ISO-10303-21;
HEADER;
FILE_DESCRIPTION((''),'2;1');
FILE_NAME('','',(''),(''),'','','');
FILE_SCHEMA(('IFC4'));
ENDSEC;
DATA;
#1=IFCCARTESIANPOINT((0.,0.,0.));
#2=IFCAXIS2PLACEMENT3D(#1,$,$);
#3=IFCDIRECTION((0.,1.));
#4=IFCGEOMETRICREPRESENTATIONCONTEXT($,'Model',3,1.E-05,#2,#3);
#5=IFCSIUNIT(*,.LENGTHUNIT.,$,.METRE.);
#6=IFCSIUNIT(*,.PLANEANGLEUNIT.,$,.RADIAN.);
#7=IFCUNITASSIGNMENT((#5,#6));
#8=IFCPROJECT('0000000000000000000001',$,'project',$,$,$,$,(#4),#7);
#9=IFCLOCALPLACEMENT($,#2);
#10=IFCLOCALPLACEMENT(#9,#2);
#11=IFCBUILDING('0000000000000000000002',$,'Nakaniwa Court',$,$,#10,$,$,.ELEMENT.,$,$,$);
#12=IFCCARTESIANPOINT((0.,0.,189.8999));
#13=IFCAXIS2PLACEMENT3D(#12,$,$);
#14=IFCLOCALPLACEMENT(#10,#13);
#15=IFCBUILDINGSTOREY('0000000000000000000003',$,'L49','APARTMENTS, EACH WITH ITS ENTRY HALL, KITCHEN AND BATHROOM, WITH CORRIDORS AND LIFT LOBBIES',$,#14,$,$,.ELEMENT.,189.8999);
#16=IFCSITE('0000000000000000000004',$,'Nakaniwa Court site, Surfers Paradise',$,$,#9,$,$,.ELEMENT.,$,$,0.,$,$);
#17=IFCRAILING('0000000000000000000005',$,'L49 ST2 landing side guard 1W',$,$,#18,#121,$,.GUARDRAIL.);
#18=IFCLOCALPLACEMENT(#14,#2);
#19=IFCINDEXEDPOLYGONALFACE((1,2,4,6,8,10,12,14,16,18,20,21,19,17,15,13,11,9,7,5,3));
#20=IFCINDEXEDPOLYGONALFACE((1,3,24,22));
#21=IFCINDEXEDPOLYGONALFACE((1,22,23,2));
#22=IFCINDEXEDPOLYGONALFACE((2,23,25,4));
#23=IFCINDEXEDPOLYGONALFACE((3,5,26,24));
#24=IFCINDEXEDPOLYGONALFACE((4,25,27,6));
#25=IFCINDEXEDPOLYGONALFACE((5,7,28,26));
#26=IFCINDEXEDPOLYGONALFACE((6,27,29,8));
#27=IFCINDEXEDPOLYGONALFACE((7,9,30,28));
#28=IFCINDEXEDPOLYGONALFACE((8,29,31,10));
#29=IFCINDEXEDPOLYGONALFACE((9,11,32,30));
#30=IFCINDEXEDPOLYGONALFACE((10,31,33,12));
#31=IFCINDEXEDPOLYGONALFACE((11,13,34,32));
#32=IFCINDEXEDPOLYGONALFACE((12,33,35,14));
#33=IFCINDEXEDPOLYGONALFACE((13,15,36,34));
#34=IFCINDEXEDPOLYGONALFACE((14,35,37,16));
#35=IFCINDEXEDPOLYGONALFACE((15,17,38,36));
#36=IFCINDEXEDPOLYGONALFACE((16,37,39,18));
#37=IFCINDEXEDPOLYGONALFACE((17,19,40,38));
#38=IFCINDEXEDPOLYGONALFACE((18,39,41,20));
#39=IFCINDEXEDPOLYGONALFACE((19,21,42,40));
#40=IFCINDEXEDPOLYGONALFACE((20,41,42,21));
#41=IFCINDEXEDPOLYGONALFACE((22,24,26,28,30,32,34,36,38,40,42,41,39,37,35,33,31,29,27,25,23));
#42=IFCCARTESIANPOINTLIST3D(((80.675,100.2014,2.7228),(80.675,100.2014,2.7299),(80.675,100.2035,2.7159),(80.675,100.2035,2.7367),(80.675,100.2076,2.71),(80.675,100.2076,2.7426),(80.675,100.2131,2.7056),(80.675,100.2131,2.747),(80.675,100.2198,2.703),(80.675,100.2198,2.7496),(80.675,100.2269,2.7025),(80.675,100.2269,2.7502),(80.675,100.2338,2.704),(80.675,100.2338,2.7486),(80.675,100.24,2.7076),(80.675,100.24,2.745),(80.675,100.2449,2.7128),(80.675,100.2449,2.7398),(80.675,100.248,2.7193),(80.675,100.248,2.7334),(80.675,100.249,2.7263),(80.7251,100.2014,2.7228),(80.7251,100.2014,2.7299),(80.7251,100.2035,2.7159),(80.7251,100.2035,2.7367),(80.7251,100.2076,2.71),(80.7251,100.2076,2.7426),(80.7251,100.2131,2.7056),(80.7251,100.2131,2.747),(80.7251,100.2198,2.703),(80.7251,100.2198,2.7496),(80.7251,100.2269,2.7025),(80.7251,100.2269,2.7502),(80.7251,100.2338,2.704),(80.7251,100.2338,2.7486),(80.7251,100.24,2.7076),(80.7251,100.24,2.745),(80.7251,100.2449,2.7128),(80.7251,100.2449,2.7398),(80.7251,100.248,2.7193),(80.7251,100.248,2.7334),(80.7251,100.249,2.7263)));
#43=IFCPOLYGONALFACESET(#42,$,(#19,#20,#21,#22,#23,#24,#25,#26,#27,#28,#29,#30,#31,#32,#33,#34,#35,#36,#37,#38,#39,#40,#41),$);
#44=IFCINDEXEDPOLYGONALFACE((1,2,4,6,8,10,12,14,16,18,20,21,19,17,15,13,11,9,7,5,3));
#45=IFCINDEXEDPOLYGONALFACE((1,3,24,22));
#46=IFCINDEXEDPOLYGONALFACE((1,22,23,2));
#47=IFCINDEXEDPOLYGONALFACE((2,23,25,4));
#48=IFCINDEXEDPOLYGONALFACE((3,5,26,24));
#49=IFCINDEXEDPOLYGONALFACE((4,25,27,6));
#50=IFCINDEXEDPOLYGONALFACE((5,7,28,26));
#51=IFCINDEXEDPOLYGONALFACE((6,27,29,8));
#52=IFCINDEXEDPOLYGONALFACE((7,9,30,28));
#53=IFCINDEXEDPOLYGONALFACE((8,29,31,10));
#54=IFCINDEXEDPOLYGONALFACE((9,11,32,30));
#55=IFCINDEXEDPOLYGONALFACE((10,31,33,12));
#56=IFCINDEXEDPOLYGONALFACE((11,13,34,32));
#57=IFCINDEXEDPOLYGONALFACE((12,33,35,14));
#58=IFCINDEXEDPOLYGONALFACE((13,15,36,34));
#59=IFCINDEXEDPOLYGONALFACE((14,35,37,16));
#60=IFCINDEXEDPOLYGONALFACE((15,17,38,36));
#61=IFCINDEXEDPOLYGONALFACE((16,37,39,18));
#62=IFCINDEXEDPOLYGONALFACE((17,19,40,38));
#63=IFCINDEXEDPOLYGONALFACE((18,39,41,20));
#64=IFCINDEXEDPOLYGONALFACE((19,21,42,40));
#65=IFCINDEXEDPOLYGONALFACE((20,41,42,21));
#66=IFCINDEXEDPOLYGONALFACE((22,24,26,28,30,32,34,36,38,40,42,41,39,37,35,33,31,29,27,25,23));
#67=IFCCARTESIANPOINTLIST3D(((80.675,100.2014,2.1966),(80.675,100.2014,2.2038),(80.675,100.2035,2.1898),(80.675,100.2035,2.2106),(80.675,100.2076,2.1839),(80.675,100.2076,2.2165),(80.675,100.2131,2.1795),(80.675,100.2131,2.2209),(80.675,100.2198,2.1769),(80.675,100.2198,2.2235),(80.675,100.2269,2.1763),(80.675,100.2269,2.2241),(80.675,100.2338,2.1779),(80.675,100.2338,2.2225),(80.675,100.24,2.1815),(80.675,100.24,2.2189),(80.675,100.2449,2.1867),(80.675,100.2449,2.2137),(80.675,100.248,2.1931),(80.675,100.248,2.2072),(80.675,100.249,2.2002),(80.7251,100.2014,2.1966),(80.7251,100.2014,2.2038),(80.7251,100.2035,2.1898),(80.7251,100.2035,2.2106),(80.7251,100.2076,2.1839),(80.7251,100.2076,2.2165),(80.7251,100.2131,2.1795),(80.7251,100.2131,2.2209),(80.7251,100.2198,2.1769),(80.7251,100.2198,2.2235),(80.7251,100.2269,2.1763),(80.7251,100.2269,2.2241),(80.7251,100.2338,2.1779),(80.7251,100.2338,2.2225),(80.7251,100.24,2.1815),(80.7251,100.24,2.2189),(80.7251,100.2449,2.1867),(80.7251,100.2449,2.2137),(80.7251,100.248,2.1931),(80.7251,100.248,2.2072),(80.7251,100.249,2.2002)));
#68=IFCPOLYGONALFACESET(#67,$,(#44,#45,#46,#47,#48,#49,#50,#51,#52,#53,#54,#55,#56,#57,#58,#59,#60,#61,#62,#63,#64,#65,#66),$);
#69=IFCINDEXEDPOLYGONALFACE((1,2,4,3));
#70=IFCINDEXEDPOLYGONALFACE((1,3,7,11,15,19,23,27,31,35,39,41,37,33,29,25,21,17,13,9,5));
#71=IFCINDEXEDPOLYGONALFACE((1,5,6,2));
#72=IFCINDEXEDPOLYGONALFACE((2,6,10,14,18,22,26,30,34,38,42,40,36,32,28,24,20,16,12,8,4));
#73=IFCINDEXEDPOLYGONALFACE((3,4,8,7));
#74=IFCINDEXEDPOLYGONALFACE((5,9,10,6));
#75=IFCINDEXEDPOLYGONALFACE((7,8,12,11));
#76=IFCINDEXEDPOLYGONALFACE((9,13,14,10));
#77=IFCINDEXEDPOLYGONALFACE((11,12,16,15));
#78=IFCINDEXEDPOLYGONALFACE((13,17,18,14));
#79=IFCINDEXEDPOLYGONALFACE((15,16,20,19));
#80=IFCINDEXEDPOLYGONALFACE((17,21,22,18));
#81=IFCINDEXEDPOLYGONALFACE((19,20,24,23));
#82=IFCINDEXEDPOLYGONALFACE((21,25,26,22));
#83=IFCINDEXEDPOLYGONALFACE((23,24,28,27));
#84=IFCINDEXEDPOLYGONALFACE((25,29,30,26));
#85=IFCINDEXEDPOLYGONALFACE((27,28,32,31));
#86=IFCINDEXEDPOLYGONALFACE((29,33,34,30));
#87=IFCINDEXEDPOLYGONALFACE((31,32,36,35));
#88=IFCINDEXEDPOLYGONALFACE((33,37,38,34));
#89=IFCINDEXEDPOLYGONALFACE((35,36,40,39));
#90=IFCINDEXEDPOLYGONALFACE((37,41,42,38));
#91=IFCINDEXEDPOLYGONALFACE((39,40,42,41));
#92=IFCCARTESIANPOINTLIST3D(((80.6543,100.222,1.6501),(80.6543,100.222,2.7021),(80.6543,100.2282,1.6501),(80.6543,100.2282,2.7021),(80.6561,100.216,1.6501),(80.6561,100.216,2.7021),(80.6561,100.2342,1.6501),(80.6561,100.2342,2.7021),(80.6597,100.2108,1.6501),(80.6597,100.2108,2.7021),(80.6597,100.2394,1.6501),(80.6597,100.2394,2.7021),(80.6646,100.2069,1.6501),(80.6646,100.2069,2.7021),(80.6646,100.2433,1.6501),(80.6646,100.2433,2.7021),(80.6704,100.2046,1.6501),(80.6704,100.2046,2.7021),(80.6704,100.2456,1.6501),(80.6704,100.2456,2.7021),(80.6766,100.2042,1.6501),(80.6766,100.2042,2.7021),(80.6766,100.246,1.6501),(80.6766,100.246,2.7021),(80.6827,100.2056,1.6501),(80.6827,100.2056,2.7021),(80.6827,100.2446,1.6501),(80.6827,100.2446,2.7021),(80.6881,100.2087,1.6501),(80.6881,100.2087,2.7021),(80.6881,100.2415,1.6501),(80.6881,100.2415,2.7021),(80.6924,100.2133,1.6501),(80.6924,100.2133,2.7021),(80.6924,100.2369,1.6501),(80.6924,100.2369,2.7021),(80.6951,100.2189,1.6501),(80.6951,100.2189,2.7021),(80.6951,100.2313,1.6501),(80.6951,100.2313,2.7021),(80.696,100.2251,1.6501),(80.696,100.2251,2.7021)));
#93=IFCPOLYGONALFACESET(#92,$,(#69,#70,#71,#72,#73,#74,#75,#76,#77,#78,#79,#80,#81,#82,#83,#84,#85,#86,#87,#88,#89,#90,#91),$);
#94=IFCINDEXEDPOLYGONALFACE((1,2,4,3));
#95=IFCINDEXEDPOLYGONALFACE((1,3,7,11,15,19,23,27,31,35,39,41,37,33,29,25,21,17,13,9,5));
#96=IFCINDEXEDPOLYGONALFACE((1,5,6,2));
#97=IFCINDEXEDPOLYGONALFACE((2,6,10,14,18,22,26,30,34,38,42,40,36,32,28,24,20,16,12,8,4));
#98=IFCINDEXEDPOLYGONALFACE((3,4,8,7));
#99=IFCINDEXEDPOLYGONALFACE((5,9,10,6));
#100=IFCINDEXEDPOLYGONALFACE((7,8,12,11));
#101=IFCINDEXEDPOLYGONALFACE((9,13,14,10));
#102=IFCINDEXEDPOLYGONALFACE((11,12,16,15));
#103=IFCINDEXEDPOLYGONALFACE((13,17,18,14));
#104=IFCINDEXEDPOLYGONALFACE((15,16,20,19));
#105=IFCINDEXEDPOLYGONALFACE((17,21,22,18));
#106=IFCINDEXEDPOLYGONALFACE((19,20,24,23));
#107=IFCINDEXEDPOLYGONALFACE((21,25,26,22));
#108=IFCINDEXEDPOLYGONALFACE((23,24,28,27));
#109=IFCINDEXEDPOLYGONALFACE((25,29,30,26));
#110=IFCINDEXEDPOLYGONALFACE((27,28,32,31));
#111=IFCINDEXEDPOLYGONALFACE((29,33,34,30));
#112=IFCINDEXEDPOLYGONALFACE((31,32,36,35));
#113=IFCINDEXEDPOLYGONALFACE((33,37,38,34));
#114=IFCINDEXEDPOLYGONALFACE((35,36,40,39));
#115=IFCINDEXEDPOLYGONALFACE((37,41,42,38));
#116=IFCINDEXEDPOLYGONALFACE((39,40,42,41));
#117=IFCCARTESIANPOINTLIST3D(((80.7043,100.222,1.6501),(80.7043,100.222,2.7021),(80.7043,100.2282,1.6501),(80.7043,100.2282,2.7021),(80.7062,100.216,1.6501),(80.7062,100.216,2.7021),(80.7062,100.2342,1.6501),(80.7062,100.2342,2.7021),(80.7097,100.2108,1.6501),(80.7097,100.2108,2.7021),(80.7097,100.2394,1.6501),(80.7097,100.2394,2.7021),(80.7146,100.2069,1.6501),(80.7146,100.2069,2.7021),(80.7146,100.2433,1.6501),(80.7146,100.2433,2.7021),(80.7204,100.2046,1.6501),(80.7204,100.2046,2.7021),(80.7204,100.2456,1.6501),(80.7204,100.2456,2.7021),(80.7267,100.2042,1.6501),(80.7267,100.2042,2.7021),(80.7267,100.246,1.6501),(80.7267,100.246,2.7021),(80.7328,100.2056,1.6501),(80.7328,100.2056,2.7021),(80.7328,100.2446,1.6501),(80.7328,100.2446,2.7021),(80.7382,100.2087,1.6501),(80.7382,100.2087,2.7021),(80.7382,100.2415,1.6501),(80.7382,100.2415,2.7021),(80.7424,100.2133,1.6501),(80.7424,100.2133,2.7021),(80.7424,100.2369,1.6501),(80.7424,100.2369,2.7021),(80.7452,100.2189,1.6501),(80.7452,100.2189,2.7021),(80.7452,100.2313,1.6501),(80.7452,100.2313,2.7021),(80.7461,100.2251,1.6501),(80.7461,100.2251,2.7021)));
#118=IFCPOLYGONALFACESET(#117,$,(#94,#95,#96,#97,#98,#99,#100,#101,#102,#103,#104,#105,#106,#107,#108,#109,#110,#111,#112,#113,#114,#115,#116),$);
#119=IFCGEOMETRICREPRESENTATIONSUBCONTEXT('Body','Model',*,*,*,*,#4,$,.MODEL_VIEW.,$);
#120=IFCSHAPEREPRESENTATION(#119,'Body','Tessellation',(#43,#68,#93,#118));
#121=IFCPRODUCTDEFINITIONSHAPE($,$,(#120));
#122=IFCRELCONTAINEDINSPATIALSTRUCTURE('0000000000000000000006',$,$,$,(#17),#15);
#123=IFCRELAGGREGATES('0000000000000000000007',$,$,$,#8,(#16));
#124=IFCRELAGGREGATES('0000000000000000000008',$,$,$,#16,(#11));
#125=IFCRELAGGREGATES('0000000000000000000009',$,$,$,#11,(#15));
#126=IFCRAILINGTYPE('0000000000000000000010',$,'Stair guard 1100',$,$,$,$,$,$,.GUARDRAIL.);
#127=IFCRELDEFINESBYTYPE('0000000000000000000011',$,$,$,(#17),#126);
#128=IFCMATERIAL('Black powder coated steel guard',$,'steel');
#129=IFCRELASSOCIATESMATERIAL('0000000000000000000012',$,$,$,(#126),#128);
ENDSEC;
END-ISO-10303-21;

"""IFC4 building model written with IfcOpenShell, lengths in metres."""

from ifc_helpers import new_model, si_unit, direction, frame, origin, origin_2d, place, context, subcontext, project, spatial, circle, extrude, material, type_object, element, save


model = new_model("IFC4")

# Units and contexts
model_context = context("Model", 3, precision=1e-05, world=origin(), true_north=direction((0.0, 1.0)))
body_context = subcontext(model_context, "Body", "Model", "MODEL_VIEW")
ifc_project = project(units=[si_unit("LENGTHUNIT", "METRE"), si_unit("PLANEANGLEUNIT", "RADIAN")], contexts=[model_context])

# Site, building, storey
site_placement = place(None, origin())
site = spatial("IfcSite", under=ifc_project, at=site_placement, Name="Nakaniwa Court site, Surfers Paradise", CompositionType="ELEMENT", RefElevation=0.0)
building_placement = place(site_placement, origin())
building = spatial("IfcBuilding", under=site, at=building_placement, Name="Nakaniwa Court", CompositionType="ELEMENT")
storey_placement = place(building_placement, frame((0.0, 0.0, 189.8999)))
storey = spatial("IfcBuildingStorey", under=building, at=storey_placement, Name="L49", Description="APARTMENTS, EACH WITH ITS ENTRY HALL, KITCHEN AND BATHROOM, WITH CORRIDORS AND LIFT LOBBIES", CompositionType="ELEMENT", Elevation=189.8999)

# Railing
ifc_material_1 = material(Name="Black powder coated steel guard", Category="steel")
railing_type_1 = type_object("IfcRailingType", Name="Stair guard 1100", PredefinedType="GUARDRAIL", material=ifc_material_1)
for number, where, name in (
    (1, (80.675, 100.2251, 1.6501), "L49 ST2 landing side guard 1W"),
):
    element("IfcRailing", number, at=place(storey_placement, frame(where)), inside=storey, type_object=railing_type_1, Name=name, PredefinedType="GUARDRAIL", context=body_context, shape_type="SweptSolid", body=[
        extrude(circle(Radius=0.0239, at=origin_2d()), frame((0.0, 0.0, 1.0762), z_axis=(1.0, 0.0, 0.0), x_axis=(0.0, 1.0, 0.0)), (0.0, 0.0, 1.0), 0.05),
        extrude(circle(Radius=0.0239, at=origin_2d()), frame((0.0, 0.0, 0.55), z_axis=(1.0, 0.0, 0.0), x_axis=(0.0, 1.0, 0.0)), (0.0, 0.0, 1.0), 0.05),
        extrude(circle(Radius=0.021, at=origin_2d()), origin(), (0.0, 0.0, 1.0), 1.052),
        extrude(circle(Radius=0.021, at=origin_2d()), frame((0.05, 0.0, 0.0)), (0.0, 0.0, 1.0), 1.052),
    ])

save(model, "model.ifc")
